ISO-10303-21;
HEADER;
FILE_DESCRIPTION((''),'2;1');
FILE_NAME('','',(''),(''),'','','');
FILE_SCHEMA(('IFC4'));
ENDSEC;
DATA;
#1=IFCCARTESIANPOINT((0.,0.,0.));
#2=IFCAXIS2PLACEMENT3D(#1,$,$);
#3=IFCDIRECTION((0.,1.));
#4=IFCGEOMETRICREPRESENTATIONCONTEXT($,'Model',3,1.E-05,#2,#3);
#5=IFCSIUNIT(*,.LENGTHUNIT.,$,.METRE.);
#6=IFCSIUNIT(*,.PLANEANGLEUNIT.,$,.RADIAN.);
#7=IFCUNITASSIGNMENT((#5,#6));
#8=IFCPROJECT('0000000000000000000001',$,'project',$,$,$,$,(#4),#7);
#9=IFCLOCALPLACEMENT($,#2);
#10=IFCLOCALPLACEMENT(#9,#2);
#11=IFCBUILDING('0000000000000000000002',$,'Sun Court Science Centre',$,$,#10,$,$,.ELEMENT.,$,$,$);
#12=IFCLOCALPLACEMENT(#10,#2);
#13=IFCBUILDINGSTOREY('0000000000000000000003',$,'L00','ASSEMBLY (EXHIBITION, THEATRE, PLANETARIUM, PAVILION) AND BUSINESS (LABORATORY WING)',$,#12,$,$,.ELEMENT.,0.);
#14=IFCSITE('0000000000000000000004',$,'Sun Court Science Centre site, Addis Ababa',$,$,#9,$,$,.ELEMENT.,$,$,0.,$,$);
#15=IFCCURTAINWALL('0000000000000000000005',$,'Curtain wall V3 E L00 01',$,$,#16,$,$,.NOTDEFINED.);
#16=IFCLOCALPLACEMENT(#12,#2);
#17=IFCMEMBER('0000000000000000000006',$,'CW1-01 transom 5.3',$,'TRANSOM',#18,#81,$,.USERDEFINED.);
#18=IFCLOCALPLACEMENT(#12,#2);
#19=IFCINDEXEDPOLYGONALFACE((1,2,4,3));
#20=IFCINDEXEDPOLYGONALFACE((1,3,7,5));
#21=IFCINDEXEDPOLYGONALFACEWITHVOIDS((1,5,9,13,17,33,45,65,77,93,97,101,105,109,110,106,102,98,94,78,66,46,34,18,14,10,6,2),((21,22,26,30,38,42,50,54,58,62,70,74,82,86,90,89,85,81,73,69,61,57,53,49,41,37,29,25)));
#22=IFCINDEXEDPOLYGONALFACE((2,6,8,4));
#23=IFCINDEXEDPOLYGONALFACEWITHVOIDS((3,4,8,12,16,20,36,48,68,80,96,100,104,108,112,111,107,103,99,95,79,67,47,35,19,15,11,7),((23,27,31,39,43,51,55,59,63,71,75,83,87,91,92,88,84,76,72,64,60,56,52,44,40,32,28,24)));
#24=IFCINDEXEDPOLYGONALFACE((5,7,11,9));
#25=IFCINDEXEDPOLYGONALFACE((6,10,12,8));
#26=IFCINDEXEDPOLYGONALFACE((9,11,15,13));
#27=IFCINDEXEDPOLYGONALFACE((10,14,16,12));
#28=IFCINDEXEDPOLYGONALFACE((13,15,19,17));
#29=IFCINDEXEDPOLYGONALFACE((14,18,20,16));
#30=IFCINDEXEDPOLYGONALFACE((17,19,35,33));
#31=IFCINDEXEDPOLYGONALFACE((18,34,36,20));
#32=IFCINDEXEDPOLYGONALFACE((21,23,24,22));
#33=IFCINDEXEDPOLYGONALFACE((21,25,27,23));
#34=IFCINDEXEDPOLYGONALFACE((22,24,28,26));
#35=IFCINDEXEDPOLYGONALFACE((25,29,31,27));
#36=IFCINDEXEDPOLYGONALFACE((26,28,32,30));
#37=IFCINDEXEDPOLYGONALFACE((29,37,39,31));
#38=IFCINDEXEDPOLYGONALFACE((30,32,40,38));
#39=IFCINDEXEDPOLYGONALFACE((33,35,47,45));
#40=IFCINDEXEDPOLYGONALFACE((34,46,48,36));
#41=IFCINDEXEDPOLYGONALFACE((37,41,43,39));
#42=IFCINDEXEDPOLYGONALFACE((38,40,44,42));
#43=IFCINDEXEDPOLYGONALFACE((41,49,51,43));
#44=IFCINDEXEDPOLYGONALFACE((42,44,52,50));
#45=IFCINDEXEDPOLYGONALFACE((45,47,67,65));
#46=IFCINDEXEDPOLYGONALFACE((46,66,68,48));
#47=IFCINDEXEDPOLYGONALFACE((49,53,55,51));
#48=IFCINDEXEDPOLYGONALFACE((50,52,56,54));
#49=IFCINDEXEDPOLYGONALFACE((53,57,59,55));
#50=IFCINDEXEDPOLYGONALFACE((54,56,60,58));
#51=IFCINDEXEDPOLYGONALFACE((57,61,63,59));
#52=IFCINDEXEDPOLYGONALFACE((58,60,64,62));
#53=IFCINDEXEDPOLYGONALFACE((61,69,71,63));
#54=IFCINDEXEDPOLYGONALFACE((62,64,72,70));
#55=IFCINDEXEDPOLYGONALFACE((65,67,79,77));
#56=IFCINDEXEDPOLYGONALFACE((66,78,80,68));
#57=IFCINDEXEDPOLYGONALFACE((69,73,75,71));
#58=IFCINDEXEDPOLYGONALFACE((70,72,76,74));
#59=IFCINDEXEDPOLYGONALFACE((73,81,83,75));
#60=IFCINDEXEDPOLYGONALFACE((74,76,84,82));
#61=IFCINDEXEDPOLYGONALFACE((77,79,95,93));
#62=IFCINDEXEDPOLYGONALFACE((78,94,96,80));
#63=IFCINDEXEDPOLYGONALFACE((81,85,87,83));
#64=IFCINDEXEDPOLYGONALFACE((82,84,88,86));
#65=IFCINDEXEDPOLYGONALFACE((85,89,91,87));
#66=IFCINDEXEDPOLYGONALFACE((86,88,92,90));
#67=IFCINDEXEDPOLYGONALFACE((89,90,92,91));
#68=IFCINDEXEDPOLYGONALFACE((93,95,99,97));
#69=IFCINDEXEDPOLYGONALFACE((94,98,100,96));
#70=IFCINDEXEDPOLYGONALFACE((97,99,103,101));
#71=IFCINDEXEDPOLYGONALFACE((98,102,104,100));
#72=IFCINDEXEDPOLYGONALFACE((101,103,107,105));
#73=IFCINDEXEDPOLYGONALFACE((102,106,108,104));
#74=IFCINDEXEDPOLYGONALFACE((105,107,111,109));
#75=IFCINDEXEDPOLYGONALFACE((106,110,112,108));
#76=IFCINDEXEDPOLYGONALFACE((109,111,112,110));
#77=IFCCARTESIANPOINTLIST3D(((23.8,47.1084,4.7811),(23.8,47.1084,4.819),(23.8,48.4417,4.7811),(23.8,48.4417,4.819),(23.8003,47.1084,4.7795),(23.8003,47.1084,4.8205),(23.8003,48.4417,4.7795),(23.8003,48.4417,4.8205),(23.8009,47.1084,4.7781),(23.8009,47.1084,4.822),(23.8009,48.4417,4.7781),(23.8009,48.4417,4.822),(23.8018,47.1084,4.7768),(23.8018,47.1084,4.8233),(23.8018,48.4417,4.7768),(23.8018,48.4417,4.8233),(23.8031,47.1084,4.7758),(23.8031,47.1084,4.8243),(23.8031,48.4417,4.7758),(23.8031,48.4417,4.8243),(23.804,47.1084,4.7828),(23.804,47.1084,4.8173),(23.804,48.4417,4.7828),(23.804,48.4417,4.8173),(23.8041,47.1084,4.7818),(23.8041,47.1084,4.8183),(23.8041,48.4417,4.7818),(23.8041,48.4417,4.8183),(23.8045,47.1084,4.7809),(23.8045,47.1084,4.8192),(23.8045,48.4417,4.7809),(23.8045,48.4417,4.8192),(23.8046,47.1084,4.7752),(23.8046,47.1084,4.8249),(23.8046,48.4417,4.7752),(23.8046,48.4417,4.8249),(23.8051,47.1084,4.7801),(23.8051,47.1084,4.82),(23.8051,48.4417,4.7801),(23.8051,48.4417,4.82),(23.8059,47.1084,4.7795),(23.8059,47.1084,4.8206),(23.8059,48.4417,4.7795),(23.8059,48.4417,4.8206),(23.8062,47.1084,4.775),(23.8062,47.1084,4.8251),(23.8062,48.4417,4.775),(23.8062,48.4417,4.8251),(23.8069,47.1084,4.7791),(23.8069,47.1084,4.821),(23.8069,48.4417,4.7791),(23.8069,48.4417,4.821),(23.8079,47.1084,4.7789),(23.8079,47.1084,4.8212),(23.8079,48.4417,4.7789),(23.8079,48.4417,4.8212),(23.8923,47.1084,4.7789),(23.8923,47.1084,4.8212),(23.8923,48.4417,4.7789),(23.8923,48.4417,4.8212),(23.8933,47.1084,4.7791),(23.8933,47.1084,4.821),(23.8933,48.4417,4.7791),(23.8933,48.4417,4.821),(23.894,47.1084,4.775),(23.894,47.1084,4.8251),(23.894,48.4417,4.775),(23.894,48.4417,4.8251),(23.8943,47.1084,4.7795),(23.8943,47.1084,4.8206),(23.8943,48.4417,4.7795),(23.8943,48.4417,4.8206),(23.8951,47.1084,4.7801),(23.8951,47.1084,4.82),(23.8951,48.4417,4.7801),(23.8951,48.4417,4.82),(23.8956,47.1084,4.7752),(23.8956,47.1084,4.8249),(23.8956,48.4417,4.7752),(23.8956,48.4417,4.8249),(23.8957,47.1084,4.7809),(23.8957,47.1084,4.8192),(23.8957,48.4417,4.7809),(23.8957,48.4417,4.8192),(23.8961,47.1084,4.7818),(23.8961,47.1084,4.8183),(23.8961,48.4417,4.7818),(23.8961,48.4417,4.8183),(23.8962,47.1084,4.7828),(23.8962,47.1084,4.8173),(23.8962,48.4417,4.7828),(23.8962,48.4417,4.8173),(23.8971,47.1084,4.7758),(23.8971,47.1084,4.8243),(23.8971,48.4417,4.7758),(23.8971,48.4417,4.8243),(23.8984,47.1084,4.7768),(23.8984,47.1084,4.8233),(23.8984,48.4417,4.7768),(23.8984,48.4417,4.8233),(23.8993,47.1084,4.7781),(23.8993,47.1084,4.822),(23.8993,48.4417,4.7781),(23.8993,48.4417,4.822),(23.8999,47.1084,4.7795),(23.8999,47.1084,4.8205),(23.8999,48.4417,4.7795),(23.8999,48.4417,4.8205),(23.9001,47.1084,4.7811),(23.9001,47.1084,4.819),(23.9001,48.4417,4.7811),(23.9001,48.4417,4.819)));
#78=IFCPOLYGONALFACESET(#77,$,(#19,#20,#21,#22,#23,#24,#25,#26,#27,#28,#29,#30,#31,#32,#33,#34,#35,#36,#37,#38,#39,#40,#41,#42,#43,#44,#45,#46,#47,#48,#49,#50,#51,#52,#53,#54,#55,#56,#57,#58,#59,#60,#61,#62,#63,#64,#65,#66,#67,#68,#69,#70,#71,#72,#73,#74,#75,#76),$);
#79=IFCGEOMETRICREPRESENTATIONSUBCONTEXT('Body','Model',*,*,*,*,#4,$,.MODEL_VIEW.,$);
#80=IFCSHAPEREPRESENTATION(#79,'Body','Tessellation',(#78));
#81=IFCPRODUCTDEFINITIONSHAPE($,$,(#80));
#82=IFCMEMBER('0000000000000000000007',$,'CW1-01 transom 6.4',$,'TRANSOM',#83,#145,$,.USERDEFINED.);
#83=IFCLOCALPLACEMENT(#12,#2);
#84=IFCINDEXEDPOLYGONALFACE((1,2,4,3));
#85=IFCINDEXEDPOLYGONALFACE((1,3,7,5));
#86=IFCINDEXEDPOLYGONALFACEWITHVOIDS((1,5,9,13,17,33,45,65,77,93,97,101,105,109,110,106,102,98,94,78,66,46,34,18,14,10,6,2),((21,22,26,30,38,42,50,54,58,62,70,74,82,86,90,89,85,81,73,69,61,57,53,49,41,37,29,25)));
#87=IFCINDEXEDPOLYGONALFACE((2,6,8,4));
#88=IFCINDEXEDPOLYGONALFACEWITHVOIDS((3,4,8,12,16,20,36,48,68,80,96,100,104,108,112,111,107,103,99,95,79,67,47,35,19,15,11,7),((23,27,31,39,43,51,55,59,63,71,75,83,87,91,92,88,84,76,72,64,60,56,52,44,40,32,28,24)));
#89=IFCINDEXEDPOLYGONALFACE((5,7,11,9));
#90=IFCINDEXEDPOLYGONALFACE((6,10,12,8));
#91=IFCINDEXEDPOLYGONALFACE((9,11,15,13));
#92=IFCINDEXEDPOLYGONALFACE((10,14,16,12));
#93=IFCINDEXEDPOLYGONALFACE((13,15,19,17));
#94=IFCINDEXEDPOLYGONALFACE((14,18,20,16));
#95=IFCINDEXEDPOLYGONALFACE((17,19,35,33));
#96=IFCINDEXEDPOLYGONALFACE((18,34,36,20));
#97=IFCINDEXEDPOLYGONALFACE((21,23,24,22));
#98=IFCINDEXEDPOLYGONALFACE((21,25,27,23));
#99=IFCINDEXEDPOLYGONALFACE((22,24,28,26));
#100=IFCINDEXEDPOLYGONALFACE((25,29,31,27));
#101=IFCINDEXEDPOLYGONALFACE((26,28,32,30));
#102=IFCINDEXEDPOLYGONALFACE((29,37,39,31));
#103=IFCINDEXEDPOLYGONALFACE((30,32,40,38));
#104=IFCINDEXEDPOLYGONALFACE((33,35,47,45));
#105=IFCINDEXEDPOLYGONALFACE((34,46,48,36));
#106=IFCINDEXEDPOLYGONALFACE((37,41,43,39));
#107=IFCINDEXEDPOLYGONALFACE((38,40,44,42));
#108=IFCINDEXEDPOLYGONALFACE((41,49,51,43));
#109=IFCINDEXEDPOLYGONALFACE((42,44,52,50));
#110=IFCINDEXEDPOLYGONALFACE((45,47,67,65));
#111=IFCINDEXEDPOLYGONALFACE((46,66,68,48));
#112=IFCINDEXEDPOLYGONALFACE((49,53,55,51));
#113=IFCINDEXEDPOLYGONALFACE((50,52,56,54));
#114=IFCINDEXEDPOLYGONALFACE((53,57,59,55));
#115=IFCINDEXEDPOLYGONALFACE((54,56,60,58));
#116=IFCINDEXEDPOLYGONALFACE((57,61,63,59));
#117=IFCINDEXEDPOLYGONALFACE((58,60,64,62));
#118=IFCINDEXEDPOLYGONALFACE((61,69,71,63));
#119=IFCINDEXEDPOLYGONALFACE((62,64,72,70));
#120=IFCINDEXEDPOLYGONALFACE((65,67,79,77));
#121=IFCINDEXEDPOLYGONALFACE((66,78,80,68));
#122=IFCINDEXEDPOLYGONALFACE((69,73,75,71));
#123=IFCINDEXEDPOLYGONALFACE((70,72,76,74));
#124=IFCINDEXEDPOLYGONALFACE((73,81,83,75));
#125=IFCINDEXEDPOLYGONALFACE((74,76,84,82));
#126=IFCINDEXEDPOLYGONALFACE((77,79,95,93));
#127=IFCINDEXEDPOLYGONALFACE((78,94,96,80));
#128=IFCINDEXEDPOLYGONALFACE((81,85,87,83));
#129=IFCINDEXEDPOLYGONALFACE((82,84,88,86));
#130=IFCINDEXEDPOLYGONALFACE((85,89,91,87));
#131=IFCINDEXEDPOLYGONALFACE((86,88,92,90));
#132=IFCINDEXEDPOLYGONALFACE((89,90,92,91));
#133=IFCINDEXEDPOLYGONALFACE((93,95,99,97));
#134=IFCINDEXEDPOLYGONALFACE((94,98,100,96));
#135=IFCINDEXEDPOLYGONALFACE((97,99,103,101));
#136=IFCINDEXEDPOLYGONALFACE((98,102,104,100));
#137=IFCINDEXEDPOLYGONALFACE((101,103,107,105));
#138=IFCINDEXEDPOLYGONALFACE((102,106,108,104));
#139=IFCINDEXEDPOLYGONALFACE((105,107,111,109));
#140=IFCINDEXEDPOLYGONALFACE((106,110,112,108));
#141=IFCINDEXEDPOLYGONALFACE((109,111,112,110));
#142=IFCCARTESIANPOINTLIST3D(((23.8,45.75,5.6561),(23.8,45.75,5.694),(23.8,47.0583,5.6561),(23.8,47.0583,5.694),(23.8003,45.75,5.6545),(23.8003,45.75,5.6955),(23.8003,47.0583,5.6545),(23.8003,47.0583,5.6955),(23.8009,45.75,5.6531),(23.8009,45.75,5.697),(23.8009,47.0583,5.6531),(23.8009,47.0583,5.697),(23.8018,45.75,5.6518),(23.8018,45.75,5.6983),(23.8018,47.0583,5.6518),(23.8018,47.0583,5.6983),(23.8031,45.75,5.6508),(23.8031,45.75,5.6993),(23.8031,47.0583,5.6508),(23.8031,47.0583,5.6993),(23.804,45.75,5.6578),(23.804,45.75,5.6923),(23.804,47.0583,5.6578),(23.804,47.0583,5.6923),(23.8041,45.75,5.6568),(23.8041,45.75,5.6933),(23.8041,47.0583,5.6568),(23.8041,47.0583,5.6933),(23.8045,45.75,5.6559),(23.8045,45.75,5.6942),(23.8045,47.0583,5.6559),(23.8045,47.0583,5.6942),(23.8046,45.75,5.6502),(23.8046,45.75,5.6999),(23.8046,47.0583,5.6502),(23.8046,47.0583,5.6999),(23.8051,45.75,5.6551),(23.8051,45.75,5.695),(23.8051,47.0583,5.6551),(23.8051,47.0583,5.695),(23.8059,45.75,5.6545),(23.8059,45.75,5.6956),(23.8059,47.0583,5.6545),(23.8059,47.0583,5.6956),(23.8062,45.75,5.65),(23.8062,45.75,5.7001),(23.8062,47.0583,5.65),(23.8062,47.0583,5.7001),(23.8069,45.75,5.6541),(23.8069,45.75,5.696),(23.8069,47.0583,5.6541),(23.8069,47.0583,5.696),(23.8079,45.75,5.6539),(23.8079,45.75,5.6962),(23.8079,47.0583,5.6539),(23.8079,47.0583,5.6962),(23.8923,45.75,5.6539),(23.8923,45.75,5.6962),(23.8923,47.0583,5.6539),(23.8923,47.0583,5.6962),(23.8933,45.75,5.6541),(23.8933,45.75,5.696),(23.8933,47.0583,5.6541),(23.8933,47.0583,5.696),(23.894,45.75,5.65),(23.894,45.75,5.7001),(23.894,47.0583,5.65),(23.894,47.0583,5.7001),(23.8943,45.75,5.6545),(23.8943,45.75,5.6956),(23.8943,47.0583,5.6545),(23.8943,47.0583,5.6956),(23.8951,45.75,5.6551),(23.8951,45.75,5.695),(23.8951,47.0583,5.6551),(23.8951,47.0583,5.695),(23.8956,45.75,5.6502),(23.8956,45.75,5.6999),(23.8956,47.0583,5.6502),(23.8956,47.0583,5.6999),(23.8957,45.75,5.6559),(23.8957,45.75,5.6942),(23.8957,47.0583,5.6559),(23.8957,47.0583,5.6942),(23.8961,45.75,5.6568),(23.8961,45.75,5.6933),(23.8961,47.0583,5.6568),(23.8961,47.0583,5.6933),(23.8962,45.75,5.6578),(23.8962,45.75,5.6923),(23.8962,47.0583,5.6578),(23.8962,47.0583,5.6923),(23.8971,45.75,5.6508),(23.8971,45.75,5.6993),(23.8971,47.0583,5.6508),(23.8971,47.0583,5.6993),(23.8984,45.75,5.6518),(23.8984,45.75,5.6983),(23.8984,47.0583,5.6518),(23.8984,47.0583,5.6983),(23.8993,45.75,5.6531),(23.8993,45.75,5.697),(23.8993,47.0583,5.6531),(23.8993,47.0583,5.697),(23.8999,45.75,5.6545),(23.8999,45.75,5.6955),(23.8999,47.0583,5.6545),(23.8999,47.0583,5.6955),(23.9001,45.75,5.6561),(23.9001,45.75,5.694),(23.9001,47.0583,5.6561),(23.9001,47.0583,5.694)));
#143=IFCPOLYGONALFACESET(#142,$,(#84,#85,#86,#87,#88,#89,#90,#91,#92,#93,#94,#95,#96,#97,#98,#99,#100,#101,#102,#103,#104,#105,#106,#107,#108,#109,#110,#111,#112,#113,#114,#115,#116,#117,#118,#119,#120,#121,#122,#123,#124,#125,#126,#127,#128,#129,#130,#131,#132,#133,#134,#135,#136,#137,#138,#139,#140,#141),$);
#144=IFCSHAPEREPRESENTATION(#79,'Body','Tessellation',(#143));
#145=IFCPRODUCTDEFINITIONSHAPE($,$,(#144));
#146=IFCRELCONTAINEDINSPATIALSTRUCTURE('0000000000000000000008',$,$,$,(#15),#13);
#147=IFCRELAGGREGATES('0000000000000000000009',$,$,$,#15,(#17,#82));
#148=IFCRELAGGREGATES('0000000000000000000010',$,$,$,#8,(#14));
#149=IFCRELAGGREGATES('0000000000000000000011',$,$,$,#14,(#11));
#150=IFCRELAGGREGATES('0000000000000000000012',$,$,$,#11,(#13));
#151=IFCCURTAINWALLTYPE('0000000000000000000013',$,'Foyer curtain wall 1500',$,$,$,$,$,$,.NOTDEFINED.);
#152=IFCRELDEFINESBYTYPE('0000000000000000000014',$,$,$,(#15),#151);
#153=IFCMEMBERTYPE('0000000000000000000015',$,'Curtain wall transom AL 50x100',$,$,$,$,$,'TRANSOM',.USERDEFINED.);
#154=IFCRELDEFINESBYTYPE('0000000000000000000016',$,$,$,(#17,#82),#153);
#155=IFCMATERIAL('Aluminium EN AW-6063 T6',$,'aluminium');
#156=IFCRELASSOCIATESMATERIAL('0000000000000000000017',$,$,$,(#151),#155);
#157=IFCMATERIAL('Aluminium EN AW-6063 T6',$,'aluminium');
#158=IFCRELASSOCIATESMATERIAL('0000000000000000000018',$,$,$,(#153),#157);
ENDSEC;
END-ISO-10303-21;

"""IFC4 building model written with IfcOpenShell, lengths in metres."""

from ifc_helpers import new_model, si_unit, direction, frame, origin, origin_2d, place, context, subcontext, project, spatial, hollow_rectangle, extrude, material, material_profile, profile_set, type_object, element, aggregate, save


model = new_model("IFC4")

# Units and contexts
model_context = context("Model", 3, precision=1e-05, world=origin(), true_north=direction((0.0, 1.0)))
body_context = subcontext(model_context, "Body", "Model", "MODEL_VIEW")
ifc_project = project(units=[si_unit("LENGTHUNIT", "METRE"), si_unit("PLANEANGLEUNIT", "RADIAN")], contexts=[model_context])

# Site, building, storey
site_placement = place(None, origin())
site = spatial("IfcSite", under=ifc_project, at=site_placement, Name="Sun Court Science Centre site, Addis Ababa", CompositionType="ELEMENT", RefElevation=0.0)
building_placement = place(site_placement, origin())
building = spatial("IfcBuilding", under=site, at=building_placement, Name="Sun Court Science Centre", CompositionType="ELEMENT")
storey_placement = place(building_placement, origin())
storey = spatial("IfcBuildingStorey", under=building, at=storey_placement, Name="L00", Description="ASSEMBLY (EXHIBITION, THEATRE, PLANETARIUM, PAVILION) AND BUSINESS (LABORATORY WING)", CompositionType="ELEMENT", Elevation=0.0)

# Curtain wall, members
ifc_material_1 = material(Name="Aluminium EN AW-6063 T6", Category="aluminium")
curtain_wall_type = type_object("IfcCurtainWallType", Name="Foyer curtain wall 1500", PredefinedType="NOTDEFINED", material=ifc_material_1)
curtain_wall_placement = place(storey_placement, origin())
curtain_wall = element("IfcCurtainWall", 1, at=curtain_wall_placement, inside=storey, type_object=curtain_wall_type, Name="Curtain wall V3 E L00 01", PredefinedType="NOTDEFINED")
ifc_material_2 = material(Name="Aluminium EN AW-6063 T6", Category="aluminium")
ifc_material_profile_1 = material_profile(ifc_material_2, hollow_rectangle(XDim=0.05, YDim=0.1001, WallThickness=0.0039, InnerFilletRadius=0.0039, OuterFilletRadius=0.0061, at=origin_2d()), Name="AL 50x100x4")
ifc_profile_set_1 = profile_set([ifc_material_profile_1], Name="Aluminium EN AW-6063 T6")
member_type_1 = type_object("IfcMemberType", Name="Curtain wall transom AL 50x100", ElementType="TRANSOM", PredefinedType="USERDEFINED", material=ifc_profile_set_1)
member_1_placement = place(storey_placement, frame((23.8501, 48.4417, 4.8), z_axis=(0.0, -1.0, 0.0), x_axis=(0.0, 0.0, 1.0)))
member_1 = element("IfcMember", 2, at=member_1_placement, type_object=member_type_1, Name="CW1-01 transom 5.3", ObjectType="TRANSOM", PredefinedType="USERDEFINED", context=body_context, shape_type="SweptSolid", body=[
    extrude(hollow_rectangle(XDim=0.05, YDim=0.1001, WallThickness=0.0039, InnerFilletRadius=0.0039, OuterFilletRadius=0.0061, at=origin_2d()), origin(), (0.0, 0.0, 1.0), 1.3333),
])
member_2_placement = place(storey_placement, frame((23.8501, 47.0583, 5.675), z_axis=(0.0, -1.0, 0.0), x_axis=(0.0, 0.0, 1.0)))
member_2 = element("IfcMember", 3, at=member_2_placement, type_object=member_type_1, Name="CW1-01 transom 6.4", ObjectType="TRANSOM", PredefinedType="USERDEFINED", context=body_context, shape_type="SweptSolid", body=[
    extrude(hollow_rectangle(XDim=0.05, YDim=0.1001, WallThickness=0.0039, InnerFilletRadius=0.0039, OuterFilletRadius=0.0061, at=origin_2d()), origin(), (0.0, 0.0, 1.0), 1.3083),
])
aggregate(curtain_wall, [member_1, member_2])

save(model, "model.ifc")
